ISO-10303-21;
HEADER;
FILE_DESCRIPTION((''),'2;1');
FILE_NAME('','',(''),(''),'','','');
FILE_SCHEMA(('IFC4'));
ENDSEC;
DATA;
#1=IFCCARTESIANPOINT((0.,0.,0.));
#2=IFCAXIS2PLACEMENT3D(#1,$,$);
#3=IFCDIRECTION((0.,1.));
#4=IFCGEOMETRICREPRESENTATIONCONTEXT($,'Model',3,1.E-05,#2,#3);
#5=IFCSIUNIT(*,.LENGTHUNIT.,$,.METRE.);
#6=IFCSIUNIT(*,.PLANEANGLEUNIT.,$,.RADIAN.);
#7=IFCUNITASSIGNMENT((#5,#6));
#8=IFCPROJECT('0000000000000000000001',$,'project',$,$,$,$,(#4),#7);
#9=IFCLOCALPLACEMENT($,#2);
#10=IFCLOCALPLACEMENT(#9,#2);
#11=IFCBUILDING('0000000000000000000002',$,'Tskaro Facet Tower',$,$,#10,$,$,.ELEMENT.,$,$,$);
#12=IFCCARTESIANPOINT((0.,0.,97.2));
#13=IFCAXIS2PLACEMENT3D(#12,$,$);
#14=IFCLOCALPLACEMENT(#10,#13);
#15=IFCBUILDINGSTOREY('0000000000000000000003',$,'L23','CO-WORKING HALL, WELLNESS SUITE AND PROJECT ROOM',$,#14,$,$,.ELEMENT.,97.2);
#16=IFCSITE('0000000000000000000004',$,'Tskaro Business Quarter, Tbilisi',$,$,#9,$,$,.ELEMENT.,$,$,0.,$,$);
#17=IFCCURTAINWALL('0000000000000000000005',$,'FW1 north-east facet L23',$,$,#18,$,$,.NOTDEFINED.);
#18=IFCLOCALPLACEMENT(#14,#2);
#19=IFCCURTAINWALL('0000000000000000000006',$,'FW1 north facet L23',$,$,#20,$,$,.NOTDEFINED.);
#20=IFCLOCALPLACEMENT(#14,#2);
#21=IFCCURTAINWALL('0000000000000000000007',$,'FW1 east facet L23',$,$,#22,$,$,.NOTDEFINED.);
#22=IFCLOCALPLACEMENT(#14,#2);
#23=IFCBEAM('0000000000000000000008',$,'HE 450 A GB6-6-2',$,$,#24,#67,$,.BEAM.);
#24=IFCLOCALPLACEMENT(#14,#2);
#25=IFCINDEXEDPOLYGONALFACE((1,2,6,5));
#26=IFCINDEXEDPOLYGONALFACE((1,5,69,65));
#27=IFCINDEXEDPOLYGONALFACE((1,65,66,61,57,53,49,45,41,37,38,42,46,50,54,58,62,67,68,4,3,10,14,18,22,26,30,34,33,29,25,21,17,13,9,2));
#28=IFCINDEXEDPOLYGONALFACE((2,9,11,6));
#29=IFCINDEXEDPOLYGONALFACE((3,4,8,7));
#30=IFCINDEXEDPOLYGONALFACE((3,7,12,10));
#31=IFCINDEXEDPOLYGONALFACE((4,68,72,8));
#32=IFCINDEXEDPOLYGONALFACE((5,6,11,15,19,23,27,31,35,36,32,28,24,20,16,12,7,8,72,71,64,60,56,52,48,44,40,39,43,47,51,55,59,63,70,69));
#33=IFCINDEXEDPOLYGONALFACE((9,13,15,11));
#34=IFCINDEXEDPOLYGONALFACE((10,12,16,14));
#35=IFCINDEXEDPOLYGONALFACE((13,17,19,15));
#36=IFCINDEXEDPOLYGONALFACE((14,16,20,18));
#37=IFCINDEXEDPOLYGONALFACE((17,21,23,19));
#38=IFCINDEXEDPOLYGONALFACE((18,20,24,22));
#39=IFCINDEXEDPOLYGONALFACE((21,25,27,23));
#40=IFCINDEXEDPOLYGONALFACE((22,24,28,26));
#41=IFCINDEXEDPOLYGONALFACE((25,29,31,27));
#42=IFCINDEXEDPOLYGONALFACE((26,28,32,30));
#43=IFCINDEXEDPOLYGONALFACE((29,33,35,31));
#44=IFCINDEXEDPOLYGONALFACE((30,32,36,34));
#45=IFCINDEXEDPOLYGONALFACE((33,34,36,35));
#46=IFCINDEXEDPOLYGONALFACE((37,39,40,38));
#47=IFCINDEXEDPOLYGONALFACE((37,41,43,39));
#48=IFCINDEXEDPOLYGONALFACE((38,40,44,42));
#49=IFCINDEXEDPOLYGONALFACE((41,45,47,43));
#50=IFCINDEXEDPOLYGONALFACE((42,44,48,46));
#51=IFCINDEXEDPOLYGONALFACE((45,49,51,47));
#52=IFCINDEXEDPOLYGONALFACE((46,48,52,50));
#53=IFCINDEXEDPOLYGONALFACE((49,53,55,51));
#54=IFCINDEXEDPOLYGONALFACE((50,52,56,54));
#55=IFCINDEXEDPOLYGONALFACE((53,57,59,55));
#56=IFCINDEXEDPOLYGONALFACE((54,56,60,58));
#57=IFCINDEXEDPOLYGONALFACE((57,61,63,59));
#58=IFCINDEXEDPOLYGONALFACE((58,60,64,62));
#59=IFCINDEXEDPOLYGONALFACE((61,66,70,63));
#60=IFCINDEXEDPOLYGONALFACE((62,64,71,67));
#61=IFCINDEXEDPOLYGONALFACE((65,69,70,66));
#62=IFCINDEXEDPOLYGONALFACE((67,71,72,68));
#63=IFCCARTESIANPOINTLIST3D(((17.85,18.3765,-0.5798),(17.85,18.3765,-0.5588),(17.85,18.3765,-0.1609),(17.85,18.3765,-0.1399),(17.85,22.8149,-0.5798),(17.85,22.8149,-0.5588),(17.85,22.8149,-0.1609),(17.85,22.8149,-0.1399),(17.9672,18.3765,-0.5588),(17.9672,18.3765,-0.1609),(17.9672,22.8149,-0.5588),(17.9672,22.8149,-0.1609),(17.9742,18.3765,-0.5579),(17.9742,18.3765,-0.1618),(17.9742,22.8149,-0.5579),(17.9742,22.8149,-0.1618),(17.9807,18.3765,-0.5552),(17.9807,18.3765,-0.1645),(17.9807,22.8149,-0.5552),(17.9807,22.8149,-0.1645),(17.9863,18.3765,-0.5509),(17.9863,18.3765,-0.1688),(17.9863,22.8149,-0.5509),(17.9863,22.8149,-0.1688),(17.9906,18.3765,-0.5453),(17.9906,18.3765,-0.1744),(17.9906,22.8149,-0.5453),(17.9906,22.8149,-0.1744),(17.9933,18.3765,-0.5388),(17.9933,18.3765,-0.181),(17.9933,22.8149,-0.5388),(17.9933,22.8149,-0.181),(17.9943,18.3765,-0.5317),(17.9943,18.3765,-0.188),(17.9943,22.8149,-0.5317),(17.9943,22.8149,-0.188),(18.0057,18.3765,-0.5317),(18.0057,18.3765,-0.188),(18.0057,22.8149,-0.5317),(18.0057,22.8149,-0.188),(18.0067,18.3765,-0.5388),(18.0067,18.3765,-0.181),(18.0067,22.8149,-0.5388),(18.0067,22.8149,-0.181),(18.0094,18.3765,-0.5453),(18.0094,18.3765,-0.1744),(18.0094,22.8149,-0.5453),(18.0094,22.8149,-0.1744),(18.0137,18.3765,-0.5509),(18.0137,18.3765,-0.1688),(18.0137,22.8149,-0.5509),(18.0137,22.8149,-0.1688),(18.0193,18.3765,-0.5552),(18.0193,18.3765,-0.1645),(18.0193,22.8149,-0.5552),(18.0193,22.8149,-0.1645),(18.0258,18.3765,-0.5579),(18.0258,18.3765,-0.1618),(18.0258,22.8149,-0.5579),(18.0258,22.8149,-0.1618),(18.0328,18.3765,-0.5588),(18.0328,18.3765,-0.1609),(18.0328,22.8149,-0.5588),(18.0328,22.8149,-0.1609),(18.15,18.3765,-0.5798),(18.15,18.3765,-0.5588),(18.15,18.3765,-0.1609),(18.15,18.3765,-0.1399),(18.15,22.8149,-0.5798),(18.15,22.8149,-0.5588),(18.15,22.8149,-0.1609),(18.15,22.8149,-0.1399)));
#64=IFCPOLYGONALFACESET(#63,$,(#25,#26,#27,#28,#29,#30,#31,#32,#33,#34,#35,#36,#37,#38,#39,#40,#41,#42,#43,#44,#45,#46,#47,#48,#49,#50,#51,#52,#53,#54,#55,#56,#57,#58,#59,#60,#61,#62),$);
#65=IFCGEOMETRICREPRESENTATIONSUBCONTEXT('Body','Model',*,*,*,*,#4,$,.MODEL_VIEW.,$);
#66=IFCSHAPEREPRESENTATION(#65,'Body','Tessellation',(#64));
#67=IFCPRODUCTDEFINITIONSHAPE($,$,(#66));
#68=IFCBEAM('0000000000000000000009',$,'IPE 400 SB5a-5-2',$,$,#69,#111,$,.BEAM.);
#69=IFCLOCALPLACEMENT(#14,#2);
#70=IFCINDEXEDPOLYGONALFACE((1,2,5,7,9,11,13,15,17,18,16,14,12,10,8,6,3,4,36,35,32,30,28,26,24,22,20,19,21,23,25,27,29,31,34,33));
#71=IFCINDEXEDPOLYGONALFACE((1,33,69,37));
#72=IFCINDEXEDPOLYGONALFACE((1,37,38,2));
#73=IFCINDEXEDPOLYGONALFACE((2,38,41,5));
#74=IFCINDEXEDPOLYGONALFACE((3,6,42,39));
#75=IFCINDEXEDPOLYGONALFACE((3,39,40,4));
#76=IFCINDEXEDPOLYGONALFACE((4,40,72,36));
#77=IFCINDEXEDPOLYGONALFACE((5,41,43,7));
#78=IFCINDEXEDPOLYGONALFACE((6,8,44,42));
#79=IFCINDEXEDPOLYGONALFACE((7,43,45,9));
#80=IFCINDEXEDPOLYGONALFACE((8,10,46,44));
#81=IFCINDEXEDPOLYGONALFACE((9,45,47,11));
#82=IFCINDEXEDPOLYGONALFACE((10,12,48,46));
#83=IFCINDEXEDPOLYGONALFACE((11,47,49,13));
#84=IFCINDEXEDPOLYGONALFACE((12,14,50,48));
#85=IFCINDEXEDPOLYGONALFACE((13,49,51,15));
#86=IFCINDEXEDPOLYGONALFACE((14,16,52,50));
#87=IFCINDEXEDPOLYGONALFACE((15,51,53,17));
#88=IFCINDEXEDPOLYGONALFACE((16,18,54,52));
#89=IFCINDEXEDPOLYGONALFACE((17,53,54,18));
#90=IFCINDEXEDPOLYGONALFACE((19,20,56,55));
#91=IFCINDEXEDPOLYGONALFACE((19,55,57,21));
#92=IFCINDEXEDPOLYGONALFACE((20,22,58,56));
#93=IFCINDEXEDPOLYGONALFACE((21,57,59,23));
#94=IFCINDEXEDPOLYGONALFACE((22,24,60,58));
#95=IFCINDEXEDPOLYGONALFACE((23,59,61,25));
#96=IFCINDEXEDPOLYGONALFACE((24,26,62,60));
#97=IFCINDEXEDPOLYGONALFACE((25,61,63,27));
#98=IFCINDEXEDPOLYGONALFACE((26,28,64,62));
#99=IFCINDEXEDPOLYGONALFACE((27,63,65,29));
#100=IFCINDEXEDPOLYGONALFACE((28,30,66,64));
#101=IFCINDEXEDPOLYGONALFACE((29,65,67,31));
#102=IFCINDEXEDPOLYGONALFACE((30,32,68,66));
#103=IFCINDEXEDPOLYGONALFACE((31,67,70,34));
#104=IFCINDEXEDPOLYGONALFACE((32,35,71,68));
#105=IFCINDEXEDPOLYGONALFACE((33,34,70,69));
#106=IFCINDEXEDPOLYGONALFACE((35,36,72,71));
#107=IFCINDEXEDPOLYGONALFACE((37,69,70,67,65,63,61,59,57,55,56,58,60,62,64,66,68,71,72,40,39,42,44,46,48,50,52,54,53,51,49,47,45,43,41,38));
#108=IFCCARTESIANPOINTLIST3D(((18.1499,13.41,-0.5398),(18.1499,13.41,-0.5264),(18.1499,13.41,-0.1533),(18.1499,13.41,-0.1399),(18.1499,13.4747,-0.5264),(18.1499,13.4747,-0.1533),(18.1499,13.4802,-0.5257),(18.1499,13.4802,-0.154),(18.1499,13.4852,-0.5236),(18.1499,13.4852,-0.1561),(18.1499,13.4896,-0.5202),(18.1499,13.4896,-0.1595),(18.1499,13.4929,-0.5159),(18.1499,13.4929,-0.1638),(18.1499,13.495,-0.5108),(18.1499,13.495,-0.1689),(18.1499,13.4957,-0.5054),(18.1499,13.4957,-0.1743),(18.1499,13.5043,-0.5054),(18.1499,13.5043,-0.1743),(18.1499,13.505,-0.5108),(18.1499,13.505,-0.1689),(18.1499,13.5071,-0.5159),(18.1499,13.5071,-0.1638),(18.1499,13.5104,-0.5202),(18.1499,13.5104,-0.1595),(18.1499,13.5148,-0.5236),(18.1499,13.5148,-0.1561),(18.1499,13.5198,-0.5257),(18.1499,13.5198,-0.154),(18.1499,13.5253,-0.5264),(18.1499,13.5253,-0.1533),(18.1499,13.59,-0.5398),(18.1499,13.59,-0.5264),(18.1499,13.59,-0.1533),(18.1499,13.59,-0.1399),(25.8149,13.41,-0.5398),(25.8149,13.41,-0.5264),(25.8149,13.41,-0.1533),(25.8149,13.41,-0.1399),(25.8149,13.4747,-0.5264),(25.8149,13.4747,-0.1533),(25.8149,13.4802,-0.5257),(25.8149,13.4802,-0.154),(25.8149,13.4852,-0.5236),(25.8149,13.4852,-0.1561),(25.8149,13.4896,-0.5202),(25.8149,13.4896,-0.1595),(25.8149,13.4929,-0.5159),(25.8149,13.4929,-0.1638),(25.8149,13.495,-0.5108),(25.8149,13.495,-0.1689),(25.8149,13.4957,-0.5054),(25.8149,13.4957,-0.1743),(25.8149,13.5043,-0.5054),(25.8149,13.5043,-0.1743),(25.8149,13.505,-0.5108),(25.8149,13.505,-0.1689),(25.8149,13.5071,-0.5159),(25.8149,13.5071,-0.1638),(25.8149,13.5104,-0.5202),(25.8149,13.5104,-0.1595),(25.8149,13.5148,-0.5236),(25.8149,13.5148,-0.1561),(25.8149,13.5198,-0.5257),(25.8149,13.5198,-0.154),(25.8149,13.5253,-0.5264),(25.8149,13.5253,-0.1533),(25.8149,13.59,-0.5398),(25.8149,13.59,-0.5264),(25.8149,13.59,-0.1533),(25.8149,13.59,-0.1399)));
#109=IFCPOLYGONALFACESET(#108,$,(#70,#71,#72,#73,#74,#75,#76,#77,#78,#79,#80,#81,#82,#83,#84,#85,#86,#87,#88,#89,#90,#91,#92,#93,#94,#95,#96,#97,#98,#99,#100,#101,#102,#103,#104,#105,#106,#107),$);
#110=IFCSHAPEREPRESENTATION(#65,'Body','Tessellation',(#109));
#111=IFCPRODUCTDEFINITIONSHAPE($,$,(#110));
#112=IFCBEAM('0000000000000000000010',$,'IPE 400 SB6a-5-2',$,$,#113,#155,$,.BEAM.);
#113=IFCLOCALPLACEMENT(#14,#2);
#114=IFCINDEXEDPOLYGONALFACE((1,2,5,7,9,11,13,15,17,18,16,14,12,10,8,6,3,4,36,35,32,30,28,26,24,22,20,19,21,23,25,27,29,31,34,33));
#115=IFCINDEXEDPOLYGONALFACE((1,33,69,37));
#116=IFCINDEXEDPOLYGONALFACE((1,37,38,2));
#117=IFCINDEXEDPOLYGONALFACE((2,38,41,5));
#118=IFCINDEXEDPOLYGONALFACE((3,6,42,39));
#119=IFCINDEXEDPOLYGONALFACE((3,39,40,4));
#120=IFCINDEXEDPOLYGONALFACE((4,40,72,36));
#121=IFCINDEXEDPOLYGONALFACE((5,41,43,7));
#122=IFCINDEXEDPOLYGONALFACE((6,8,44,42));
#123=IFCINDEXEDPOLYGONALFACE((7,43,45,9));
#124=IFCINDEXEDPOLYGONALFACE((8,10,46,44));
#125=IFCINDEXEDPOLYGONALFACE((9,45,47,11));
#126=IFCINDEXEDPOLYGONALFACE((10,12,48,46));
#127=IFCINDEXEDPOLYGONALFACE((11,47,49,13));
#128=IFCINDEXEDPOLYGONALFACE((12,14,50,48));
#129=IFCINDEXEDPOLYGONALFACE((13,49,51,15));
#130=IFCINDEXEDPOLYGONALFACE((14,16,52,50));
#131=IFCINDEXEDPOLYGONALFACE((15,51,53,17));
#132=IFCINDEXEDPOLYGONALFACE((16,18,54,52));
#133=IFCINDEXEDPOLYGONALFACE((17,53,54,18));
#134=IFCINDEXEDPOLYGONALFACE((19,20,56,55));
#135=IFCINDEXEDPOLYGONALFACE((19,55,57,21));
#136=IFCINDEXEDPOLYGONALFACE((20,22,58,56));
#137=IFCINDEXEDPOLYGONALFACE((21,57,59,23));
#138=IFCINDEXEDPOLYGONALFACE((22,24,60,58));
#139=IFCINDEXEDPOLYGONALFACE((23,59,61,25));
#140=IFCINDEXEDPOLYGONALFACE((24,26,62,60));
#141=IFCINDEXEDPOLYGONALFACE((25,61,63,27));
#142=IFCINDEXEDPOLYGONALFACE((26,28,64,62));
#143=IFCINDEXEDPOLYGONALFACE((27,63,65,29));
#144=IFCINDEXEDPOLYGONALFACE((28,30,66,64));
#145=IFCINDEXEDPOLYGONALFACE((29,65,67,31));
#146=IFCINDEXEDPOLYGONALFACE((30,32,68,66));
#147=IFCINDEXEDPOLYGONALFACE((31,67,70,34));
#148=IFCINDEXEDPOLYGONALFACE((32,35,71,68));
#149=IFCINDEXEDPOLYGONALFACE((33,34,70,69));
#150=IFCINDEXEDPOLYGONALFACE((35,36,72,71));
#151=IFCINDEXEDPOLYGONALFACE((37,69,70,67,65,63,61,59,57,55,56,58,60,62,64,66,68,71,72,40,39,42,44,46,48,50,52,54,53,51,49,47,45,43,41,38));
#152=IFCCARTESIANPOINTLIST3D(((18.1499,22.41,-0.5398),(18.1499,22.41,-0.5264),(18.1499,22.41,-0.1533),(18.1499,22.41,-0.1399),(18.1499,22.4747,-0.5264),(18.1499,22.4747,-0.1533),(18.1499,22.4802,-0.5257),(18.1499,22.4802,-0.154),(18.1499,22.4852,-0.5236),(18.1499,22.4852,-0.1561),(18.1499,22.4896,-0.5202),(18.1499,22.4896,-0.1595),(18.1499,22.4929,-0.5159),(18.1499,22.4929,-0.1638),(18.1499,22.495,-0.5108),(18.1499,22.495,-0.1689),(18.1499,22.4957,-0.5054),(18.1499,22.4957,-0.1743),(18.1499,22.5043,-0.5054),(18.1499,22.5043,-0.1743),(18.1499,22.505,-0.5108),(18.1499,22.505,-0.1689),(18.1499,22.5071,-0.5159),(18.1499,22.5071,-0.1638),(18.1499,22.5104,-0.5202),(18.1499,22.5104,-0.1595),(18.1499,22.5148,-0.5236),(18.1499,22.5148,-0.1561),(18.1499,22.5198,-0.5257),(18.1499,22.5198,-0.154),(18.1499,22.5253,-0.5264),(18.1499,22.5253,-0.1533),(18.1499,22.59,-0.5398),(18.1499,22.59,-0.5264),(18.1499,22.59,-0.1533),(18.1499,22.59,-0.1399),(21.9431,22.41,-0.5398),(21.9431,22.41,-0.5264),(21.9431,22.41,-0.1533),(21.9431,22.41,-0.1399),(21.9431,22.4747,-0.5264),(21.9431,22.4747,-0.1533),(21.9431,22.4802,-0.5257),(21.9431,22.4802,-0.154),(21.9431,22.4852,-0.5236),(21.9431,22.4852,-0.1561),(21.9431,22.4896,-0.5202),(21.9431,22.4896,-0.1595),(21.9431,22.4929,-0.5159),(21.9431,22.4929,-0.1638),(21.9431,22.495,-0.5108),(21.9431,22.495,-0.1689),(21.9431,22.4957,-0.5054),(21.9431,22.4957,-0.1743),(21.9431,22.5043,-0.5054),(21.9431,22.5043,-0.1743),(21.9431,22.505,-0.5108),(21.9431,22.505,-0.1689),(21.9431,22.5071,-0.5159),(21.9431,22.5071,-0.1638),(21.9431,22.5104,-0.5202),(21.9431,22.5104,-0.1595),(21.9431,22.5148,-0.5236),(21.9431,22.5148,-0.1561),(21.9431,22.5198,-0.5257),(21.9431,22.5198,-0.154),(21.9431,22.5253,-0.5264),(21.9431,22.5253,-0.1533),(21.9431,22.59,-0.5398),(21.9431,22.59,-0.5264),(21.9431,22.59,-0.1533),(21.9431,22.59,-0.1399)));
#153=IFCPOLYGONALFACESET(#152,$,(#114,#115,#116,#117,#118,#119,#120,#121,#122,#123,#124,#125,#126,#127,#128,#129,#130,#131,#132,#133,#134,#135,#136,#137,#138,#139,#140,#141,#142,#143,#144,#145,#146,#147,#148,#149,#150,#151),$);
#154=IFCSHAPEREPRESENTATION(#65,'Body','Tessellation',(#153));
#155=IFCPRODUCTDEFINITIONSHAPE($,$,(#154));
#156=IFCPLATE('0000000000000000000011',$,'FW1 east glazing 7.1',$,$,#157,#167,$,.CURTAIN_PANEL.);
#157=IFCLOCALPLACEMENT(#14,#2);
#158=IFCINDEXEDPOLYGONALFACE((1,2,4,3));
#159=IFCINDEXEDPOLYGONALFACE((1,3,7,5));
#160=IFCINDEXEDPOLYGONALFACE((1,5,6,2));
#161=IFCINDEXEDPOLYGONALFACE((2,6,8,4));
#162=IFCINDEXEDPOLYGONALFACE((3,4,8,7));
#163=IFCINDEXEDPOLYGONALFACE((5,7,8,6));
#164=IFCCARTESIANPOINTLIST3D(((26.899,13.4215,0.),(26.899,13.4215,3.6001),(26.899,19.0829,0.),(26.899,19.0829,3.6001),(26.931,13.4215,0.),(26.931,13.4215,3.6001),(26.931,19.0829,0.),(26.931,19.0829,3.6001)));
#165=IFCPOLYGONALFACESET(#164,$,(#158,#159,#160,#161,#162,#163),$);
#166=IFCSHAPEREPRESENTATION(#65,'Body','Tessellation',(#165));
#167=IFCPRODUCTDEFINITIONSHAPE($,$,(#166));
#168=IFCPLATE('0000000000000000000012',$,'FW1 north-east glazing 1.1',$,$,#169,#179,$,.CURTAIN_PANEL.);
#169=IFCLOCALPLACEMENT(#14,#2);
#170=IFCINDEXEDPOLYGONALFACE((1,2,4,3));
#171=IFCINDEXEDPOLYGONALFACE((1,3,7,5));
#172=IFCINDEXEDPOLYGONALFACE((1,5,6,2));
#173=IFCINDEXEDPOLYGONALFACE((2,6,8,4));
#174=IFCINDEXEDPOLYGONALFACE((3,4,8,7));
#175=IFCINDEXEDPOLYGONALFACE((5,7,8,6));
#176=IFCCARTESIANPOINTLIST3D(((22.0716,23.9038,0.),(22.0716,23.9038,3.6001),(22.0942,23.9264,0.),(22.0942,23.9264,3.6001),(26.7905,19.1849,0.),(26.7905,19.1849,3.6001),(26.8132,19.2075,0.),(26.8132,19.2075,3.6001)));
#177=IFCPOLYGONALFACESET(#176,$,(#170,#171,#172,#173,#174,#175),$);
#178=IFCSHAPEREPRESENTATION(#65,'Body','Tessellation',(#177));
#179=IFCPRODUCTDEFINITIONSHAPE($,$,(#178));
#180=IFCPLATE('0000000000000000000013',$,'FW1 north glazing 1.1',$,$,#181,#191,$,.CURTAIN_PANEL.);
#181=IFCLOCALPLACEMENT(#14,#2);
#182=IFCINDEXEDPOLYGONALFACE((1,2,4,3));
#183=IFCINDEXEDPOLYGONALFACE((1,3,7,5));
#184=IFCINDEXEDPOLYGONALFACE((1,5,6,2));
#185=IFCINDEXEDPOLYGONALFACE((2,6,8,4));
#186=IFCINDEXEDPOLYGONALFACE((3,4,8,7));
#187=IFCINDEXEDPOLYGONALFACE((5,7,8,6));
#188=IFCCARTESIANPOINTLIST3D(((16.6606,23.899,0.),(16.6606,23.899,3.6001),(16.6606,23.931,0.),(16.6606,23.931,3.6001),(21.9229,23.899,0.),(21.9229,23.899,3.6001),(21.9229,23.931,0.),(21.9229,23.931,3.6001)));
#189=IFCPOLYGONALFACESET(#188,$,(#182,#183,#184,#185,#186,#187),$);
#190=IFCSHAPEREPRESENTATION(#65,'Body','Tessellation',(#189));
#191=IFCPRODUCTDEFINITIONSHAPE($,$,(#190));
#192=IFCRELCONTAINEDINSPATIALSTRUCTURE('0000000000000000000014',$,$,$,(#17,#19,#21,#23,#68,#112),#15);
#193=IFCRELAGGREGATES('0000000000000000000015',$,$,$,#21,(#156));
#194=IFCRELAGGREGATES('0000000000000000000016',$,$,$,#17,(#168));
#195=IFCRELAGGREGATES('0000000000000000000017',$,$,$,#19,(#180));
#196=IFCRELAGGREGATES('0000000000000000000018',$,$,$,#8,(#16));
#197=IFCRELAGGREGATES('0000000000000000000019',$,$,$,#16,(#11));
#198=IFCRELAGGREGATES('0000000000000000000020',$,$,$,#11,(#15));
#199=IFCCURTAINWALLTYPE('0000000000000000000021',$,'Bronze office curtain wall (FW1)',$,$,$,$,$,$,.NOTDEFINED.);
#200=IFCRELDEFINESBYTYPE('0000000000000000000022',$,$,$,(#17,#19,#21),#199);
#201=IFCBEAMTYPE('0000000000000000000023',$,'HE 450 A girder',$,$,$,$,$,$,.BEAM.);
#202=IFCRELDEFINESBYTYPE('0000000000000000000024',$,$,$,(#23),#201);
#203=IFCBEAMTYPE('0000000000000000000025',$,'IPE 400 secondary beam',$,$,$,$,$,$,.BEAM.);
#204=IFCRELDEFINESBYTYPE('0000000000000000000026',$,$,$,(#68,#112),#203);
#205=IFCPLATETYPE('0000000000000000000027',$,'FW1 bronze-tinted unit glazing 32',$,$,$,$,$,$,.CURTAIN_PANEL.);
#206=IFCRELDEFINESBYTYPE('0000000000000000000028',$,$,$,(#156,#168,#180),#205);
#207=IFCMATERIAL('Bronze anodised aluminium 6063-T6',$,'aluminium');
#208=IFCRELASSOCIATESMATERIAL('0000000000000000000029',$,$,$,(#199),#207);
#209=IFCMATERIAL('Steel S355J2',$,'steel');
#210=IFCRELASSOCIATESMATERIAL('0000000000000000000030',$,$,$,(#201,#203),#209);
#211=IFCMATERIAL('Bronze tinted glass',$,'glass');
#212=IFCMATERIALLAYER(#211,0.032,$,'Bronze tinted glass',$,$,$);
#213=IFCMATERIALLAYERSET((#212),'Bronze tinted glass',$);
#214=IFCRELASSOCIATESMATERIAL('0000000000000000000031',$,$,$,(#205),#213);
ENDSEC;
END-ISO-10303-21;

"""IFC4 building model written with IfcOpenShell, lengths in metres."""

from ifc_helpers import new_model, si_unit, direction, frame, origin, origin_2d, place, context, subcontext, project, spatial, rectangle, i_section, extrude, material, layer, layer_set, material_profile, profile_set, type_object, element, aggregate, save


model = new_model("IFC4")

# Units and contexts
model_context = context("Model", 3, precision=1e-05, world=origin(), true_north=direction((0.0, 1.0)))
body_context = subcontext(model_context, "Body", "Model", "MODEL_VIEW")
ifc_project = project(units=[si_unit("LENGTHUNIT", "METRE"), si_unit("PLANEANGLEUNIT", "RADIAN")], contexts=[model_context])

# Site, building, storey
site_placement = place(None, origin())
site = spatial("IfcSite", under=ifc_project, at=site_placement, Name="Tskaro Business Quarter, Tbilisi", CompositionType="ELEMENT", RefElevation=0.0)
building_placement = place(site_placement, origin())
building = spatial("IfcBuilding", under=site, at=building_placement, Name="Tskaro Facet Tower", CompositionType="ELEMENT")
storey_placement = place(building_placement, frame((0.0, 0.0, 97.2)))
storey = spatial("IfcBuildingStorey", under=building, at=storey_placement, Name="L23", Description="CO-WORKING HALL, WELLNESS SUITE AND PROJECT ROOM", CompositionType="ELEMENT", Elevation=97.2)

# Curtain walls
ifc_material_1 = material(Name="Bronze anodised aluminium 6063-T6", Category="aluminium")
curtain_wall_type = type_object("IfcCurtainWallType", Name="Bronze office curtain wall (FW1)", PredefinedType="NOTDEFINED", material=ifc_material_1)
curtain_wall_1_placement = place(storey_placement, origin())
curtain_wall_1 = element("IfcCurtainWall", 1, at=curtain_wall_1_placement, inside=storey, type_object=curtain_wall_type, Name="FW1 north-east facet L23", PredefinedType="NOTDEFINED")
curtain_wall_2_placement = place(storey_placement, origin())
curtain_wall_2 = element("IfcCurtainWall", 2, at=curtain_wall_2_placement, inside=storey, type_object=curtain_wall_type, Name="FW1 north facet L23", PredefinedType="NOTDEFINED")
curtain_wall_3_placement = place(storey_placement, origin())
curtain_wall_3 = element("IfcCurtainWall", 3, at=curtain_wall_3_placement, inside=storey, type_object=curtain_wall_type, Name="FW1 east facet L23", PredefinedType="NOTDEFINED")

# Beams
ifc_material_2 = material(Name="Steel S355J2", Category="steel")
ifc_material_profile_1 = material_profile(ifc_material_2, i_section(OverallWidth=0.3, OverallDepth=0.4399, WebThickness=0.0115, FlangeThickness=0.021, FilletRadius=0.0271, at=origin_2d()), Name="HE 450 A")
ifc_profile_set_1 = profile_set([ifc_material_profile_1], Name="Steel S355J2")
beam_type_1 = type_object("IfcBeamType", Name="HE 450 A girder", PredefinedType="BEAM", material=ifc_profile_set_1)
beam_1_placement = place(storey_placement, frame((18.0, 18.3765, -0.3599), z_axis=(0.0, 1.0, 0.0), x_axis=(-1.0, 0.0, 0.0)))
element("IfcBeam", 4, at=beam_1_placement, inside=storey, type_object=beam_type_1, Name="HE 450 A GB6-6-2", PredefinedType="BEAM", context=body_context, shape_type="SweptSolid", body=[
    extrude(i_section(OverallWidth=0.3, OverallDepth=0.4399, WebThickness=0.0115, FlangeThickness=0.021, FilletRadius=0.0271, at=origin_2d()), origin(), (0.0, 0.0, 1.0), 4.4385),
])
ifc_material_profile_2 = material_profile(ifc_material_2, i_section(OverallWidth=0.1799, OverallDepth=0.3999, WebThickness=0.0085, FlangeThickness=0.0134, FilletRadius=0.021, at=origin_2d()), Name="IPE 400")
ifc_profile_set_2 = profile_set([ifc_material_profile_2], Name="Steel S355J2")
beam_type_2 = type_object("IfcBeamType", Name="IPE 400 secondary beam", PredefinedType="BEAM", material=ifc_profile_set_2)
beam_2_placement = place(storey_placement, frame((18.1499, 13.5, -0.3398), z_axis=(1.0, 0.0, 0.0), x_axis=(0.0, 1.0, 0.0)))
element("IfcBeam", 5, at=beam_2_placement, inside=storey, type_object=beam_type_2, Name="IPE 400 SB5a-5-2", PredefinedType="BEAM", context=body_context, shape_type="SweptSolid", body=[
    extrude(i_section(OverallWidth=0.1799, OverallDepth=0.3999, WebThickness=0.0085, FlangeThickness=0.0134, FilletRadius=0.021, at=origin_2d()), origin(), (0.0, 0.0, 1.0), 7.665),
])
beam_3_placement = place(storey_placement, frame((18.1499, 22.5, -0.3398), z_axis=(1.0, 0.0, 0.0), x_axis=(0.0, 1.0, 0.0)))
element("IfcBeam", 6, at=beam_3_placement, inside=storey, type_object=beam_type_2, Name="IPE 400 SB6a-5-2", PredefinedType="BEAM", context=body_context, shape_type="SweptSolid", body=[
    extrude(i_section(OverallWidth=0.1799, OverallDepth=0.3999, WebThickness=0.0085, FlangeThickness=0.0134, FilletRadius=0.021, at=origin_2d()), origin(), (0.0, 0.0, 1.0), 3.7932),
])

# Plates
ifc_material_3 = material(Name="Bronze tinted glass", Category="glass")
ifc_layer_1 = layer(ifc_material_3, 0.032, Name="Bronze tinted glass")
ifc_layer_set_1 = layer_set([ifc_layer_1], Name="Bronze tinted glass")
plate_type = type_object("IfcPlateType", Name="FW1 bronze-tinted unit glazing 32", PredefinedType="CURTAIN_PANEL", material=ifc_layer_set_1)
plate_1_placement = place(storey_placement, frame((26.915, 16.2522, 0.0), z_axis=(0.0, 0.0, 1.0), x_axis=(0.0, 1.0, 0.0)))
plate_1 = element("IfcPlate", 7, at=plate_1_placement, type_object=plate_type, Name="FW1 east glazing 7.1", PredefinedType="CURTAIN_PANEL", context=body_context, shape_type="SweptSolid", body=[
    extrude(rectangle(XDim=5.6614, YDim=0.032, at=origin_2d()), origin(), (0.0, 0.0, 1.0), 3.6001),
])
aggregate(curtain_wall_3, [plate_1])
plate_2_placement = place(storey_placement, frame((24.4424, 21.5557, 0.0), z_axis=(0.0, 0.0, 1.0), x_axis=(-0.707107, 0.707107, 0.0)))
plate_2 = element("IfcPlate", 8, at=plate_2_placement, type_object=plate_type, Name="FW1 north-east glazing 1.1", PredefinedType="CURTAIN_PANEL", context=body_context, shape_type="SweptSolid", body=[
    extrude(rectangle(XDim=6.6736, YDim=0.032, at=origin_2d()), origin(), (0.0, 0.0, 1.0), 3.6001),
])
aggregate(curtain_wall_1, [plate_2])
plate_3_placement = place(storey_placement, frame((19.2917, 23.915, 0.0), z_axis=(0.0, 0.0, 1.0), x_axis=(-1.0, 0.0, 0.0)))
plate_3 = element("IfcPlate", 9, at=plate_3_placement, type_object=plate_type, Name="FW1 north glazing 1.1", PredefinedType="CURTAIN_PANEL", context=body_context, shape_type="SweptSolid", body=[
    extrude(rectangle(XDim=5.2622, YDim=0.032, at=origin_2d()), origin(), (0.0, 0.0, 1.0), 3.6001),
])
aggregate(curtain_wall_2, [plate_3])

save(model, "model.ifc")
